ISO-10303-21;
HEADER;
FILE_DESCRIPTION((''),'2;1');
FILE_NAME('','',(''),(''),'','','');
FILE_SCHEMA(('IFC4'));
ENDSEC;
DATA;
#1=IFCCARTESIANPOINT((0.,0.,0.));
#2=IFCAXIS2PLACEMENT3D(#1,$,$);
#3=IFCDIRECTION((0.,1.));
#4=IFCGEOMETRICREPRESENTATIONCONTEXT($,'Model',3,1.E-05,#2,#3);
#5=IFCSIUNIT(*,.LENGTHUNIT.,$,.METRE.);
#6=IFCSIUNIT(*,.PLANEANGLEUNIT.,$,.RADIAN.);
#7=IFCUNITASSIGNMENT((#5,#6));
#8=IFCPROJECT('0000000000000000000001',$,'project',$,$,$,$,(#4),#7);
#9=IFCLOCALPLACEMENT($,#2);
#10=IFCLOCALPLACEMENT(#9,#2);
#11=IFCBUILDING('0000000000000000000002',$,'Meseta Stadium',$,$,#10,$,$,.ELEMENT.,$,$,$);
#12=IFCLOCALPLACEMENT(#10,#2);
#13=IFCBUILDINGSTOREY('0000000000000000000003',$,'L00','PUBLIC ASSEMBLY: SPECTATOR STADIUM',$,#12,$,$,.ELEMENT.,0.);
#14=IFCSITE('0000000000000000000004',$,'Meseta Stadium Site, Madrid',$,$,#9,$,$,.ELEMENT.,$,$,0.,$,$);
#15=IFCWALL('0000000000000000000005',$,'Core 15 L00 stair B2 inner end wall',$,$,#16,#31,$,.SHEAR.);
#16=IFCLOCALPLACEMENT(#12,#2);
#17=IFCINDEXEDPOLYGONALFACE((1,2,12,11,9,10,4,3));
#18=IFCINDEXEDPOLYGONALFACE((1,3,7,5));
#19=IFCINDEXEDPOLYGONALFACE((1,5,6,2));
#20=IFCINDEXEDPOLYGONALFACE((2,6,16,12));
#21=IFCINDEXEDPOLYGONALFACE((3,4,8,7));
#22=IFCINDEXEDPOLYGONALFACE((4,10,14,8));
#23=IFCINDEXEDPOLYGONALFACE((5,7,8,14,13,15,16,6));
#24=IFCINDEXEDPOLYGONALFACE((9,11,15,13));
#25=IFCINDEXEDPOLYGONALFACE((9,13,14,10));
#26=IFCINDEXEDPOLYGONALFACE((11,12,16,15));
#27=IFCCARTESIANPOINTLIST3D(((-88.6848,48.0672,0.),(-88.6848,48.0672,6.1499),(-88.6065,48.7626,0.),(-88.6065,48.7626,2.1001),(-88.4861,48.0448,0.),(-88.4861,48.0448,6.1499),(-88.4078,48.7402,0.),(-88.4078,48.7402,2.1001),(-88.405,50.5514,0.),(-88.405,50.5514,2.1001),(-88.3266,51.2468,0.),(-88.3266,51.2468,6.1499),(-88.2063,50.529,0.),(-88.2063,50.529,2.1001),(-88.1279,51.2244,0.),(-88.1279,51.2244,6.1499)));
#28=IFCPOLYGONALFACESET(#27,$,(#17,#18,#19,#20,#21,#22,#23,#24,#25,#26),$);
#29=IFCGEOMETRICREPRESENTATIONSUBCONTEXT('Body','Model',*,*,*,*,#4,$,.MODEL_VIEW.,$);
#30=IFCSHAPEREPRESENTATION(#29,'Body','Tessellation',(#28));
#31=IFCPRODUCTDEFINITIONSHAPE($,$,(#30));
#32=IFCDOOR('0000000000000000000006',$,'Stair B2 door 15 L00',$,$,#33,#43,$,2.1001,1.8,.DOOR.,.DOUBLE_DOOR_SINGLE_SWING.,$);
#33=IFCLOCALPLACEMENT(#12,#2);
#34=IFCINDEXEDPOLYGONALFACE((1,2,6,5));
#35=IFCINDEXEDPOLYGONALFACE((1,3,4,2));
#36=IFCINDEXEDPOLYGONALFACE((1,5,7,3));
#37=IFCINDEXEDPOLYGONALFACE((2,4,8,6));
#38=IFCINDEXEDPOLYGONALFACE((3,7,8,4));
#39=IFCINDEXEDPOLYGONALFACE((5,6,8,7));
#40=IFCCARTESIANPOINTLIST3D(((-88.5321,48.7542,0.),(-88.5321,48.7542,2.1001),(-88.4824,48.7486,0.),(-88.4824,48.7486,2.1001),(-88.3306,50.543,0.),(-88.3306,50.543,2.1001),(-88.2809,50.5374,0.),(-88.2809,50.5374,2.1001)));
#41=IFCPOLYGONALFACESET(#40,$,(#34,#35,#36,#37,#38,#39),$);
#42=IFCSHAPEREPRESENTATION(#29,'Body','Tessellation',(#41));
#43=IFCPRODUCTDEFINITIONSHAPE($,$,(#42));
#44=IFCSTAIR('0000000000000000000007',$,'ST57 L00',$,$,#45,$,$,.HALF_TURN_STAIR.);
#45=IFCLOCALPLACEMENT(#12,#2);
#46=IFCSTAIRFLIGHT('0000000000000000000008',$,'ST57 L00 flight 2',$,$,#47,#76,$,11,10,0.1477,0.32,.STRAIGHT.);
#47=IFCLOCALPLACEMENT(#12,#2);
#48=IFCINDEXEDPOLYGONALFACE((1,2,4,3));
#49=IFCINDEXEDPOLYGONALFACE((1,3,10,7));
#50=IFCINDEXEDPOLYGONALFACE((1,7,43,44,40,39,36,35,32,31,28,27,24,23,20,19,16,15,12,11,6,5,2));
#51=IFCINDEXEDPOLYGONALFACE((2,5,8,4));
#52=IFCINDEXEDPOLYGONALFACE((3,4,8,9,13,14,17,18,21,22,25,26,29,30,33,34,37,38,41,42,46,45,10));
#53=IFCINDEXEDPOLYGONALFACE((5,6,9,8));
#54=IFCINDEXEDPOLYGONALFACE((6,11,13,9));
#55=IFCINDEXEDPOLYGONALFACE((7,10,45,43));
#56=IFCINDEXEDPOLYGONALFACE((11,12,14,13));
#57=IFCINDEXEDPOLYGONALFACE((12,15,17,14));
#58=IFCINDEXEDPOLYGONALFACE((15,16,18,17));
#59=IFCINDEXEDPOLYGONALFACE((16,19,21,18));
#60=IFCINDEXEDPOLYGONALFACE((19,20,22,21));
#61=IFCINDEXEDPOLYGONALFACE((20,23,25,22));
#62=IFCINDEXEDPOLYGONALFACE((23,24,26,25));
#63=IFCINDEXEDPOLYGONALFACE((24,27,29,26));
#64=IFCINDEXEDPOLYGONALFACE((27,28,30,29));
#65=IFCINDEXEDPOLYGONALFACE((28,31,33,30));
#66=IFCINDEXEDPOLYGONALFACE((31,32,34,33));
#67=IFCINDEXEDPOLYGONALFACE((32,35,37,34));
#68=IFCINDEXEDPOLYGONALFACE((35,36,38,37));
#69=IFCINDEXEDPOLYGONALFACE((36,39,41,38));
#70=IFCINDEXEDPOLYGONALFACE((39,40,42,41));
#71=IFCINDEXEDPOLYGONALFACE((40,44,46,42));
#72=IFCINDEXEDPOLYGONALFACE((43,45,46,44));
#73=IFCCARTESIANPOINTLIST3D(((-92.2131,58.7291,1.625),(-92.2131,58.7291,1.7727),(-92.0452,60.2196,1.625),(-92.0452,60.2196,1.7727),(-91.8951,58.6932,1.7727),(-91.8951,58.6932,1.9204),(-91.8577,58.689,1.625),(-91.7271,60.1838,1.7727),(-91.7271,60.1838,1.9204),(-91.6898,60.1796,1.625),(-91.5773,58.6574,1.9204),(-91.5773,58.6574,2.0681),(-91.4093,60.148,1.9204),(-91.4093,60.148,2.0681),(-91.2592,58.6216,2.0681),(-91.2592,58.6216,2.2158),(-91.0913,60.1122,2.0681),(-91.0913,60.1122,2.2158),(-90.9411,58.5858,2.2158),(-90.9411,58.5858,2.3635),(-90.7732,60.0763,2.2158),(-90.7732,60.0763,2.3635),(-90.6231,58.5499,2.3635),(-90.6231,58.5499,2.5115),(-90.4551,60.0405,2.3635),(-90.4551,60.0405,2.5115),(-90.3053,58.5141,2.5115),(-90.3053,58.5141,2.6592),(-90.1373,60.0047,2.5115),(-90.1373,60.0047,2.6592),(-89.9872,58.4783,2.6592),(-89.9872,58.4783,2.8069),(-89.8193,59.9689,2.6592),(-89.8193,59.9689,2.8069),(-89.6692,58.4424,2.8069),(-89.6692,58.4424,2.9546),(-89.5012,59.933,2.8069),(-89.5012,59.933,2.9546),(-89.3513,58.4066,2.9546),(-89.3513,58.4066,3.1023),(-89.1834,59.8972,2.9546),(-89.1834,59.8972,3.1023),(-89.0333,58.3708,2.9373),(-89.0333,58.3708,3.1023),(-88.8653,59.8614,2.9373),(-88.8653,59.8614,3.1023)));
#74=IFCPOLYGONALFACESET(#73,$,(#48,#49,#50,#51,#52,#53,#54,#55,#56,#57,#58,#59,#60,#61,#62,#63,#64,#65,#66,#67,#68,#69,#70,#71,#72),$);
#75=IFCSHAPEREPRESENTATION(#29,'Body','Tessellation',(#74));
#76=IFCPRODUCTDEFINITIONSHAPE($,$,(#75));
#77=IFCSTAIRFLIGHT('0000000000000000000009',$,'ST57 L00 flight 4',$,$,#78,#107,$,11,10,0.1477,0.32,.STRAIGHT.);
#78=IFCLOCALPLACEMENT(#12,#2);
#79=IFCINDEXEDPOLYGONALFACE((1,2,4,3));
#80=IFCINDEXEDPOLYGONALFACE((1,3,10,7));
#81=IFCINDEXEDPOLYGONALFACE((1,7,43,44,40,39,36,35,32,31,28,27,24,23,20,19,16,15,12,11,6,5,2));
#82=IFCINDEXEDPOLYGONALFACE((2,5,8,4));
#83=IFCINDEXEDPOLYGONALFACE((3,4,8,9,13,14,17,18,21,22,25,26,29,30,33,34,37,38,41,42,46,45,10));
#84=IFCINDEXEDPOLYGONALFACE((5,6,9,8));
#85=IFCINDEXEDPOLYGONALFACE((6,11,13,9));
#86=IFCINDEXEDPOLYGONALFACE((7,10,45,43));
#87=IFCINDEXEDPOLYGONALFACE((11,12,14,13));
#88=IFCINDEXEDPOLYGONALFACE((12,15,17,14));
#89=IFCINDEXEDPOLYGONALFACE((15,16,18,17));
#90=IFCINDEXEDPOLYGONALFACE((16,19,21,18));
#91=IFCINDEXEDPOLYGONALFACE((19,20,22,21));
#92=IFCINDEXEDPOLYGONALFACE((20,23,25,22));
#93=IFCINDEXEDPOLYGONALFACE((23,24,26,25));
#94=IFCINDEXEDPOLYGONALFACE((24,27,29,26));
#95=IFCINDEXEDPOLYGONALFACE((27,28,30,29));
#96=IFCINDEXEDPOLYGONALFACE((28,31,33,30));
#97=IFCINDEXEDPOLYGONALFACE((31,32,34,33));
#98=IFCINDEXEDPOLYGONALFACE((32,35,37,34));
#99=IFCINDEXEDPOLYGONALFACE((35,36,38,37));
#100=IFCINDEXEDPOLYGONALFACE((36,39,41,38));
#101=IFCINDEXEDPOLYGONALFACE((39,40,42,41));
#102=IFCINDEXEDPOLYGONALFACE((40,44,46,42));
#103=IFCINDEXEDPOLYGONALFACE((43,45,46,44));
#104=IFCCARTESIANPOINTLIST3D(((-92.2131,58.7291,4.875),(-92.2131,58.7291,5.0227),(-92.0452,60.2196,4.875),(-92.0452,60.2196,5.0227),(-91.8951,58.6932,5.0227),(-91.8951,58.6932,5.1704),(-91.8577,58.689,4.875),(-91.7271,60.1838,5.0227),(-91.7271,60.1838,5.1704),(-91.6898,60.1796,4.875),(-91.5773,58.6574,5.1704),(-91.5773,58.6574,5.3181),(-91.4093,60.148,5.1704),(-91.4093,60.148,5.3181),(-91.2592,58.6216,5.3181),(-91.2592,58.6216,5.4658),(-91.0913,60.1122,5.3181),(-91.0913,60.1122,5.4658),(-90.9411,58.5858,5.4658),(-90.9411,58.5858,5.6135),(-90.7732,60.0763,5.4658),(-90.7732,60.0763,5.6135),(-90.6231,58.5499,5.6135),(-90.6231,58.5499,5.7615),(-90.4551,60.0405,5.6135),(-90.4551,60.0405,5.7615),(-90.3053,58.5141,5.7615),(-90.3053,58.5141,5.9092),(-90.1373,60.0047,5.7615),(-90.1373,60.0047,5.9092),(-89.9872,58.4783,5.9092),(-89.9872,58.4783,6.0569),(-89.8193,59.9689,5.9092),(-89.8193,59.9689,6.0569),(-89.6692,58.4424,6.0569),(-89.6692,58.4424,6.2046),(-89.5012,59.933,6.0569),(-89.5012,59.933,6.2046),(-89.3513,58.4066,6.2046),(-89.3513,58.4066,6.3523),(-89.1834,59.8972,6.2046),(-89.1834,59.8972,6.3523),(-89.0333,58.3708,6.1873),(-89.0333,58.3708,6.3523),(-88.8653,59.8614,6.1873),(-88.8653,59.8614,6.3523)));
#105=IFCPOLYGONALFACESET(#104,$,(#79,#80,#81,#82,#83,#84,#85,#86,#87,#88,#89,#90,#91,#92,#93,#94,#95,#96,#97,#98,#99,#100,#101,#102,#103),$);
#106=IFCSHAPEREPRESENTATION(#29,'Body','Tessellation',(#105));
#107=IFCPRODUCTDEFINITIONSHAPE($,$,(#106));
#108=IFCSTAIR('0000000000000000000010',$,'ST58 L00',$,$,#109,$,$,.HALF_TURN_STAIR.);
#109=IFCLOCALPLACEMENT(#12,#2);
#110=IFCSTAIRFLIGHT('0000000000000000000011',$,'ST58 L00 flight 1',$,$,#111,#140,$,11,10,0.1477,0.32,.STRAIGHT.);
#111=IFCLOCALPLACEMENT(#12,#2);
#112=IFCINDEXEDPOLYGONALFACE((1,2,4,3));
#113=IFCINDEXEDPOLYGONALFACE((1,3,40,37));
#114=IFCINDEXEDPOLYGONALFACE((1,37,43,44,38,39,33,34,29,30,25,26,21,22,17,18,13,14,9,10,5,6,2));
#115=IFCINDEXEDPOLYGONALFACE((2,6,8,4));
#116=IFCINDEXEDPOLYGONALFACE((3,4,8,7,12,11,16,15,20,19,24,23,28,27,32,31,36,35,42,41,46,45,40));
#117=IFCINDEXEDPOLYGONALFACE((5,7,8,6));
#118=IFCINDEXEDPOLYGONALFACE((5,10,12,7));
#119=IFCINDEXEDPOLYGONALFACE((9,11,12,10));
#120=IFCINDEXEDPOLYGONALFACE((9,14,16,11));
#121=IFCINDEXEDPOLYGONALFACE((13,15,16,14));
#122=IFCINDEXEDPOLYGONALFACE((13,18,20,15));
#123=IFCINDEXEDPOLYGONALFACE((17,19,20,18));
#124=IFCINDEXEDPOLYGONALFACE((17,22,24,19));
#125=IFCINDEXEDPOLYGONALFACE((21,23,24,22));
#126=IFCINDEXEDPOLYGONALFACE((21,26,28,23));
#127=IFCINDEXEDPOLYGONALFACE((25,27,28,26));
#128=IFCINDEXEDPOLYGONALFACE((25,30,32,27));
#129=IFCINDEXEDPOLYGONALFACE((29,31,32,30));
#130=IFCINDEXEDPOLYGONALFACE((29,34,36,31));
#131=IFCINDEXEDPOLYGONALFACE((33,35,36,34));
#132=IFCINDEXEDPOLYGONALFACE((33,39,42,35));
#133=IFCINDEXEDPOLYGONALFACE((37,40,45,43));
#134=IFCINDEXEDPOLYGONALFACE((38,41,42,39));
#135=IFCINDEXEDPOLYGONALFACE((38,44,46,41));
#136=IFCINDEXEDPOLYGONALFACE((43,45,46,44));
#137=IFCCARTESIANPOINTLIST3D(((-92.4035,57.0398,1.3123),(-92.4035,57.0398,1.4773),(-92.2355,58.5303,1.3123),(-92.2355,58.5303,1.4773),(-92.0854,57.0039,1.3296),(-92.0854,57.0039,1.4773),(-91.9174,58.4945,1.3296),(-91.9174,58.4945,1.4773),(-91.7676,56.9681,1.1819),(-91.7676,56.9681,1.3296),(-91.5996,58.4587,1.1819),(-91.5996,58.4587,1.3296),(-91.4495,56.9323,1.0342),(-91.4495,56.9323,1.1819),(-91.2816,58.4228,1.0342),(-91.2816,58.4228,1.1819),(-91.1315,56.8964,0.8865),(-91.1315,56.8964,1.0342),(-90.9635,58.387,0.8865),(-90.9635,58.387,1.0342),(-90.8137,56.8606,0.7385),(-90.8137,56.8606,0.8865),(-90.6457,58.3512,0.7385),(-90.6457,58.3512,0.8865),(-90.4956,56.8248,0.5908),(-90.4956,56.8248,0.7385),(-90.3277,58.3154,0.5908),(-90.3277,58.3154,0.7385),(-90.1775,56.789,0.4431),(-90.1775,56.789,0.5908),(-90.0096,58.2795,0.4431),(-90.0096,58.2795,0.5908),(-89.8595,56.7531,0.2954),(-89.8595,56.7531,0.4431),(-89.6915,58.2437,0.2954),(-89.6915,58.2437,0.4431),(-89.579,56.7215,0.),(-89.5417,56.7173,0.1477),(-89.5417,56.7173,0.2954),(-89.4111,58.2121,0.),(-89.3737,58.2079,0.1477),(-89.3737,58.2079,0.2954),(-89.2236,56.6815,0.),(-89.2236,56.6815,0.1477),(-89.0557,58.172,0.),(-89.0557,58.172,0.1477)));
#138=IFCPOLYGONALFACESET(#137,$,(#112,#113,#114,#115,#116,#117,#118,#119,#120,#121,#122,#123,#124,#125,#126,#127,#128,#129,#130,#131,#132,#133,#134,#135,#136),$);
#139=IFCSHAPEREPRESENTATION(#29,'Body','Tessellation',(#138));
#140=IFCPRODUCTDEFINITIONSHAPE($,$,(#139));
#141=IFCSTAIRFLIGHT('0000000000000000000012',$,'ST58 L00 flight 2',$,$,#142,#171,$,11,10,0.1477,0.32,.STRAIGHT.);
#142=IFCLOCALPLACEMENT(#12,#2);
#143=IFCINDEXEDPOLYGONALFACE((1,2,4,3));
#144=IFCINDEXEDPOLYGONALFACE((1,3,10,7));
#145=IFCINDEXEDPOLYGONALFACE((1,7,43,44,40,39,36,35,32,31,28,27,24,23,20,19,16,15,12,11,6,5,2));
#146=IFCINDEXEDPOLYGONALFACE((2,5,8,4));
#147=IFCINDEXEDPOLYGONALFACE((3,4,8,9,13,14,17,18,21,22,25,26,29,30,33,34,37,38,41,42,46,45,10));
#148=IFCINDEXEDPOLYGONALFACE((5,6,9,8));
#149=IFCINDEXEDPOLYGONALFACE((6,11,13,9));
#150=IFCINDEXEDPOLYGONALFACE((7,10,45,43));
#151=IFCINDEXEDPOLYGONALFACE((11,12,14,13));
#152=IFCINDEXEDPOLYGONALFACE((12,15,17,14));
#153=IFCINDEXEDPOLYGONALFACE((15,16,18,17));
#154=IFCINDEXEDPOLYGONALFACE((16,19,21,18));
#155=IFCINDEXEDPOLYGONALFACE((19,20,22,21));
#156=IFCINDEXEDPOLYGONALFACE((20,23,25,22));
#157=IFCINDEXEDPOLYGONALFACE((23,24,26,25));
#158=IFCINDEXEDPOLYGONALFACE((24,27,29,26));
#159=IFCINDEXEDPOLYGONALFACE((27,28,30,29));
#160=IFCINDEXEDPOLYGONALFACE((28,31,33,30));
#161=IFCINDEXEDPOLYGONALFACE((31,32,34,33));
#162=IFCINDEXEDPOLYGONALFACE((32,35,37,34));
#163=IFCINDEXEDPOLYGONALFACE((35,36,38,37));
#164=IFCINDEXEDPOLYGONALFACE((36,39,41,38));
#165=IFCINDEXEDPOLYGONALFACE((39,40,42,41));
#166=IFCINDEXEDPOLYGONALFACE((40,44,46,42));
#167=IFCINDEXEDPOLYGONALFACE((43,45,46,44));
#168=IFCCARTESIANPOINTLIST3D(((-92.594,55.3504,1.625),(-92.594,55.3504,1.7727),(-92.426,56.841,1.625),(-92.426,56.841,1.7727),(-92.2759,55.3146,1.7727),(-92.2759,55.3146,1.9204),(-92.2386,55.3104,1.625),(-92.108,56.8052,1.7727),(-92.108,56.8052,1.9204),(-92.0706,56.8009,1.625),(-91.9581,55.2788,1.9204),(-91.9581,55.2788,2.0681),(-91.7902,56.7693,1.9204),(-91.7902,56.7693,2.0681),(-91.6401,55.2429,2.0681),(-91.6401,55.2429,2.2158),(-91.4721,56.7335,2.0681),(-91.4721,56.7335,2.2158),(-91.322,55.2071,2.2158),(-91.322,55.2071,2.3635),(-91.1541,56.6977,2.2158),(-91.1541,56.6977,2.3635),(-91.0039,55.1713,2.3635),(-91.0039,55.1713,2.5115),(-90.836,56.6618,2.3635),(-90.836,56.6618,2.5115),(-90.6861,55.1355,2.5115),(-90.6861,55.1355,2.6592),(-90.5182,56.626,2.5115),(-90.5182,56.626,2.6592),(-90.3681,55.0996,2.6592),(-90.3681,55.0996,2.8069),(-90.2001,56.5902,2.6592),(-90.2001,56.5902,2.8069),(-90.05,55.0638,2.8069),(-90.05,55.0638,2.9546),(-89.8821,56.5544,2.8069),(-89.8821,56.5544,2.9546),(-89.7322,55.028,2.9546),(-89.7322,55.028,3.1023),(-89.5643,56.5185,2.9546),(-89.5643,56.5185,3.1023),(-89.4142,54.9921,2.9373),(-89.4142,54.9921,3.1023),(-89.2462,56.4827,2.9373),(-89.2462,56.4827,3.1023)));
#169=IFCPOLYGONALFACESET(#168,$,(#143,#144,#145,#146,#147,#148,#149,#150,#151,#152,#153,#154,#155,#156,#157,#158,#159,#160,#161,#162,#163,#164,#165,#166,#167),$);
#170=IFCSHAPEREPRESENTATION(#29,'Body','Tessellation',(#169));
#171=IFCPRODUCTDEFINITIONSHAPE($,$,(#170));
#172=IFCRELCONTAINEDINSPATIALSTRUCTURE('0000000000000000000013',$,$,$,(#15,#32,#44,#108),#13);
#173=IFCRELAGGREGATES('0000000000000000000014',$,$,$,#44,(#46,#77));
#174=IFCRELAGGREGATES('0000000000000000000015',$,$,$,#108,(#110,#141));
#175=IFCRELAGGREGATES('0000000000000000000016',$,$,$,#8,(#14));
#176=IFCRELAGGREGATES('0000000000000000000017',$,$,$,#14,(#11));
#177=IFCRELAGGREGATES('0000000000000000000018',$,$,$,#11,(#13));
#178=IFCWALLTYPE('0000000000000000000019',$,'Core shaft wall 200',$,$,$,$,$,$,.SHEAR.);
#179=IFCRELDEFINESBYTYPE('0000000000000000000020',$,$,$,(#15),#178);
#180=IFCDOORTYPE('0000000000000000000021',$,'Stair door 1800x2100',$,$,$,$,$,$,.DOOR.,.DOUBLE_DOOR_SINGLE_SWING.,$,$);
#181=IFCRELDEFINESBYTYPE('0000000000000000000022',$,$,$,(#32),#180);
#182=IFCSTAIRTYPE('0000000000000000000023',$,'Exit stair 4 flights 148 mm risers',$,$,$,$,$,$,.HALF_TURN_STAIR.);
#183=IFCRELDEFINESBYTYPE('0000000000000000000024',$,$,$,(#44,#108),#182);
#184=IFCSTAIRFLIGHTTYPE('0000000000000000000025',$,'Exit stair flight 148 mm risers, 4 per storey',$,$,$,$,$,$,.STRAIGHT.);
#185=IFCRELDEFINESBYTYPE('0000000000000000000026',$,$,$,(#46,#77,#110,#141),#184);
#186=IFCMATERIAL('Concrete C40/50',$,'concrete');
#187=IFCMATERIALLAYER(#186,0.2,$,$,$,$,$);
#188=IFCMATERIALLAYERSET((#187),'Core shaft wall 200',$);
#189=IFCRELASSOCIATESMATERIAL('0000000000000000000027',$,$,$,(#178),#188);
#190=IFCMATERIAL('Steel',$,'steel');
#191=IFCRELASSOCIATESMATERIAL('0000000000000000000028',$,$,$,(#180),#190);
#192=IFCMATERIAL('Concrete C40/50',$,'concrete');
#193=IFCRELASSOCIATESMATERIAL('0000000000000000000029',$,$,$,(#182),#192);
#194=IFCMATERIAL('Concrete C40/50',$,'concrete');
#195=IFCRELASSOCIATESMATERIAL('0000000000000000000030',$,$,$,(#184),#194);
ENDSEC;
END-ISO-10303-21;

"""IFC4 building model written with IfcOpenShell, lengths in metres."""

from ifc_helpers import new_model, si_unit, direction, frame, frame_2d, origin, place, context, subcontext, project, spatial, polyline, rectangle, outline, extrude, material, layer, layer_set, type_object, element, fill, aggregate, save


model = new_model("IFC4")

# Units and contexts
model_context = context("Model", 3, precision=1e-05, world=origin(), true_north=direction((0.0, 1.0)))
body_context = subcontext(model_context, "Body", "Model", "MODEL_VIEW")
ifc_project = project(units=[si_unit("LENGTHUNIT", "METRE"), si_unit("PLANEANGLEUNIT", "RADIAN")], contexts=[model_context])

# Site, building, storey
site_placement = place(None, origin())
site = spatial("IfcSite", under=ifc_project, at=site_placement, Name="Meseta Stadium Site, Madrid", CompositionType="ELEMENT", RefElevation=0.0)
building_placement = place(site_placement, origin())
building = spatial("IfcBuilding", under=site, at=building_placement, Name="Meseta Stadium", CompositionType="ELEMENT")
storey_placement = place(building_placement, origin())
storey = spatial("IfcBuildingStorey", under=building, at=storey_placement, Name="L00", Description="PUBLIC ASSEMBLY: SPECTATOR STADIUM", CompositionType="ELEMENT", Elevation=0.0)

# Wall, opening, door
ifc_material_1 = material(Name="Concrete C40/50", Category="concrete")
ifc_layer = layer(ifc_material_1, 0.2)
ifc_layer_set = layer_set([ifc_layer], Name="Core shaft wall 200")
wall_type = type_object("IfcWallType", Name="Core shaft wall 200", PredefinedType="SHEAR", material=ifc_layer_set)
wall_placement = place(storey_placement, frame((-88.2273, 51.2356, 0.0), z_axis=(0.0, 0.0, 1.0), x_axis=(-0.11193, -0.993716, 0.0)))
wall = element("IfcWall", 1, at=wall_placement, inside=storey, type_object=wall_type, Name="Core 15 L00 stair B2 inner end wall", PredefinedType="SHEAR", context=body_context, shape_type="SweptSolid", body=[
    extrude(rectangle(XDim=3.1997, YDim=0.2, at=frame_2d((1.5999, 0.0))), origin(), (0.0, 0.0, 1.0), 6.1499),
])
opening_placement = place(wall_placement, frame((0.7, 0.0, 0.0)))
opening = element("IfcOpeningElement", 2, at=opening_placement, cuts=wall, PredefinedType="OPENING", context=body_context, shape_type="SweptSolid", body=[
    extrude(rectangle(XDim=1.8, YDim=2.1001, at=frame_2d((0.8999, 1.05))), frame((0.0, 0.1099, 0.0), z_axis=(0.0, -1.0, 0.0), x_axis=(1.0, 0.0, 0.0)), (0.0, 0.0, 1.0), 0.22),
])
ifc_material_2 = material(Name="Steel", Category="steel")
door_type = type_object("IfcDoorType", Name="Stair door 1800x2100", OperationType="DOUBLE_DOOR_SINGLE_SWING", PredefinedType="DOOR", material=ifc_material_2)
door_placement = place(opening_placement, origin())
door = element("IfcDoor", 3, at=door_placement, inside=storey, type_object=door_type, Name="Stair B2 door 15 L00", OperationType="DOUBLE_DOOR_SINGLE_SWING", OverallHeight=2.1001, OverallWidth=1.8, PredefinedType="DOOR", context=body_context, shape_type="SweptSolid", body=[
    extrude(rectangle(XDim=1.8, YDim=2.1001, at=frame_2d((0.8999, 1.05))), frame((0.0, 0.0249, 0.0), z_axis=(0.0, -1.0, 0.0), x_axis=(1.0, 0.0, 0.0)), (0.0, 0.0, 1.0), 0.05),
])
fill(opening, door)

# Stairs, stair flights
ifc_material_3 = material(Name="Concrete C40/50", Category="concrete")
stair_type = type_object("IfcStairType", Name="Exit stair 4 flights 148 mm risers", PredefinedType="HALF_TURN_STAIR", material=ifc_material_3)
stair_1_placement = place(storey_placement, origin())
stair_1 = element("IfcStair", 4, at=stair_1_placement, inside=storey, type_object=stair_type, Name="ST57 L00", PredefinedType="HALF_TURN_STAIR")
ifc_material_4 = material(Name="Concrete C40/50", Category="concrete")
stair_flight_type = type_object("IfcStairFlightType", Name="Exit stair flight 148 mm risers, 4 per storey", PredefinedType="STRAIGHT", material=ifc_material_4)
stair_flight_1_placement = place(storey_placement, frame((-92.1292, 59.4744, 1.625), z_axis=(0.0, 0.0, 1.0), x_axis=(0.993712, -0.111964, 0.0)))
stair_flight_1 = element("IfcStairFlight", 5, at=stair_flight_1_placement, type_object=stair_flight_type, Name="ST57 L00 flight 2", NumberOfRisers=11, NumberOfTreads=10, PredefinedType="STRAIGHT", RiserHeight=0.1477, TreadLength=0.32, context=body_context, shape_type="SweptSolid", body=[
    extrude(outline(polyline([(0.0, 0.0), (0.0, 0.1477), (0.3201, 0.1477), (0.3201, 0.2954), (0.6399, 0.2954), (0.6399, 0.4431), (0.96, 0.4431), (0.96, 0.5908), (1.28, 0.5908), (1.28, 0.7385), (1.6001, 0.7385), (1.6001, 0.8865), (1.9199, 0.8865), (1.9199, 1.0342), (2.24, 1.0342), (2.24, 1.1819), (2.5601, 1.1819), (2.5601, 1.3296), (2.8799, 1.3296), (2.8799, 1.4773), (3.2, 1.4773), (3.2, 1.3123), (0.3577, 0.0), (0.0, 0.0)])), frame((0.0, 0.75, 0.0), z_axis=(0.0, -1.0, 0.0), x_axis=(1.0, 0.0, 0.0)), (0.0, 0.0, 1.0), 1.5),
])
stair_flight_2_placement = place(storey_placement, frame((-92.1292, 59.4744, 4.875), z_axis=(0.0, 0.0, 1.0), x_axis=(0.993712, -0.111964, 0.0)))
stair_flight_2 = element("IfcStairFlight", 6, at=stair_flight_2_placement, type_object=stair_flight_type, Name="ST57 L00 flight 4", NumberOfRisers=11, NumberOfTreads=10, PredefinedType="STRAIGHT", RiserHeight=0.1477, TreadLength=0.32, context=body_context, shape_type="SweptSolid", body=[
    extrude(outline(polyline([(0.0, 0.0), (0.0, 0.1477), (0.3201, 0.1477), (0.3201, 0.2954), (0.6399, 0.2954), (0.6399, 0.4431), (0.96, 0.4431), (0.96, 0.5908), (1.28, 0.5908), (1.28, 0.7385), (1.6001, 0.7385), (1.6001, 0.8865), (1.9199, 0.8865), (1.9199, 1.0342), (2.24, 1.0342), (2.24, 1.1819), (2.5601, 1.1819), (2.5601, 1.3296), (2.8799, 1.3296), (2.8799, 1.4773), (3.2, 1.4773), (3.2, 1.3123), (0.3577, 0.0), (0.0, 0.0)])), frame((0.0, 0.75, 0.0), z_axis=(0.0, -1.0, 0.0), x_axis=(1.0, 0.0, 0.0)), (0.0, 0.0, 1.0), 1.5),
])
aggregate(stair_1, [stair_flight_1, stair_flight_2])
stair_2_placement = place(storey_placement, origin())
stair_2 = element("IfcStair", 7, at=stair_2_placement, inside=storey, type_object=stair_type, Name="ST58 L00", PredefinedType="HALF_TURN_STAIR")
stair_flight_3_placement = place(storey_placement, frame((-89.1396, 57.4268, 0.0), z_axis=(0.0, 0.0, 1.0), x_axis=(-0.993712, 0.111964, 0.0)))
stair_flight_3 = element("IfcStairFlight", 8, at=stair_flight_3_placement, type_object=stair_flight_type, Name="ST58 L00 flight 1", NumberOfRisers=11, NumberOfTreads=10, PredefinedType="STRAIGHT", RiserHeight=0.1477, TreadLength=0.32, context=body_context, shape_type="SweptSolid", body=[
    extrude(outline(polyline([(0.0, 0.0), (0.0, 0.1477), (0.3201, 0.1477), (0.3201, 0.2954), (0.6399, 0.2954), (0.6399, 0.4431), (0.96, 0.4431), (0.96, 0.5908), (1.28, 0.5908), (1.28, 0.7385), (1.6001, 0.7385), (1.6001, 0.8865), (1.9199, 0.8865), (1.9199, 1.0342), (2.24, 1.0342), (2.24, 1.1819), (2.5601, 1.1819), (2.5601, 1.3296), (2.8799, 1.3296), (2.8799, 1.4773), (3.2, 1.4773), (3.2, 1.3123), (0.3577, 0.0), (0.0, 0.0)])), frame((0.0, 0.75, 0.0), z_axis=(0.0, -1.0, 0.0), x_axis=(1.0, 0.0, 0.0)), (0.0, 0.0, 1.0), 1.5),
])
stair_flight_4_placement = place(storey_placement, frame((-92.51, 56.0957, 1.625), z_axis=(0.0, 0.0, 1.0), x_axis=(0.993712, -0.111964, 0.0)))
stair_flight_4 = element("IfcStairFlight", 9, at=stair_flight_4_placement, type_object=stair_flight_type, Name="ST58 L00 flight 2", NumberOfRisers=11, NumberOfTreads=10, PredefinedType="STRAIGHT", RiserHeight=0.1477, TreadLength=0.32, context=body_context, shape_type="SweptSolid", body=[
    extrude(outline(polyline([(0.0, 0.0), (0.0, 0.1477), (0.3201, 0.1477), (0.3201, 0.2954), (0.6399, 0.2954), (0.6399, 0.4431), (0.96, 0.4431), (0.96, 0.5908), (1.28, 0.5908), (1.28, 0.7385), (1.6001, 0.7385), (1.6001, 0.8865), (1.9199, 0.8865), (1.9199, 1.0342), (2.24, 1.0342), (2.24, 1.1819), (2.5601, 1.1819), (2.5601, 1.3296), (2.8799, 1.3296), (2.8799, 1.4773), (3.2, 1.4773), (3.2, 1.3123), (0.3577, 0.0), (0.0, 0.0)])), frame((0.0, 0.75, 0.0), z_axis=(0.0, -1.0, 0.0), x_axis=(1.0, 0.0, 0.0)), (0.0, 0.0, 1.0), 1.5),
])
aggregate(stair_2, [stair_flight_3, stair_flight_4])

save(model, "model.ifc")
